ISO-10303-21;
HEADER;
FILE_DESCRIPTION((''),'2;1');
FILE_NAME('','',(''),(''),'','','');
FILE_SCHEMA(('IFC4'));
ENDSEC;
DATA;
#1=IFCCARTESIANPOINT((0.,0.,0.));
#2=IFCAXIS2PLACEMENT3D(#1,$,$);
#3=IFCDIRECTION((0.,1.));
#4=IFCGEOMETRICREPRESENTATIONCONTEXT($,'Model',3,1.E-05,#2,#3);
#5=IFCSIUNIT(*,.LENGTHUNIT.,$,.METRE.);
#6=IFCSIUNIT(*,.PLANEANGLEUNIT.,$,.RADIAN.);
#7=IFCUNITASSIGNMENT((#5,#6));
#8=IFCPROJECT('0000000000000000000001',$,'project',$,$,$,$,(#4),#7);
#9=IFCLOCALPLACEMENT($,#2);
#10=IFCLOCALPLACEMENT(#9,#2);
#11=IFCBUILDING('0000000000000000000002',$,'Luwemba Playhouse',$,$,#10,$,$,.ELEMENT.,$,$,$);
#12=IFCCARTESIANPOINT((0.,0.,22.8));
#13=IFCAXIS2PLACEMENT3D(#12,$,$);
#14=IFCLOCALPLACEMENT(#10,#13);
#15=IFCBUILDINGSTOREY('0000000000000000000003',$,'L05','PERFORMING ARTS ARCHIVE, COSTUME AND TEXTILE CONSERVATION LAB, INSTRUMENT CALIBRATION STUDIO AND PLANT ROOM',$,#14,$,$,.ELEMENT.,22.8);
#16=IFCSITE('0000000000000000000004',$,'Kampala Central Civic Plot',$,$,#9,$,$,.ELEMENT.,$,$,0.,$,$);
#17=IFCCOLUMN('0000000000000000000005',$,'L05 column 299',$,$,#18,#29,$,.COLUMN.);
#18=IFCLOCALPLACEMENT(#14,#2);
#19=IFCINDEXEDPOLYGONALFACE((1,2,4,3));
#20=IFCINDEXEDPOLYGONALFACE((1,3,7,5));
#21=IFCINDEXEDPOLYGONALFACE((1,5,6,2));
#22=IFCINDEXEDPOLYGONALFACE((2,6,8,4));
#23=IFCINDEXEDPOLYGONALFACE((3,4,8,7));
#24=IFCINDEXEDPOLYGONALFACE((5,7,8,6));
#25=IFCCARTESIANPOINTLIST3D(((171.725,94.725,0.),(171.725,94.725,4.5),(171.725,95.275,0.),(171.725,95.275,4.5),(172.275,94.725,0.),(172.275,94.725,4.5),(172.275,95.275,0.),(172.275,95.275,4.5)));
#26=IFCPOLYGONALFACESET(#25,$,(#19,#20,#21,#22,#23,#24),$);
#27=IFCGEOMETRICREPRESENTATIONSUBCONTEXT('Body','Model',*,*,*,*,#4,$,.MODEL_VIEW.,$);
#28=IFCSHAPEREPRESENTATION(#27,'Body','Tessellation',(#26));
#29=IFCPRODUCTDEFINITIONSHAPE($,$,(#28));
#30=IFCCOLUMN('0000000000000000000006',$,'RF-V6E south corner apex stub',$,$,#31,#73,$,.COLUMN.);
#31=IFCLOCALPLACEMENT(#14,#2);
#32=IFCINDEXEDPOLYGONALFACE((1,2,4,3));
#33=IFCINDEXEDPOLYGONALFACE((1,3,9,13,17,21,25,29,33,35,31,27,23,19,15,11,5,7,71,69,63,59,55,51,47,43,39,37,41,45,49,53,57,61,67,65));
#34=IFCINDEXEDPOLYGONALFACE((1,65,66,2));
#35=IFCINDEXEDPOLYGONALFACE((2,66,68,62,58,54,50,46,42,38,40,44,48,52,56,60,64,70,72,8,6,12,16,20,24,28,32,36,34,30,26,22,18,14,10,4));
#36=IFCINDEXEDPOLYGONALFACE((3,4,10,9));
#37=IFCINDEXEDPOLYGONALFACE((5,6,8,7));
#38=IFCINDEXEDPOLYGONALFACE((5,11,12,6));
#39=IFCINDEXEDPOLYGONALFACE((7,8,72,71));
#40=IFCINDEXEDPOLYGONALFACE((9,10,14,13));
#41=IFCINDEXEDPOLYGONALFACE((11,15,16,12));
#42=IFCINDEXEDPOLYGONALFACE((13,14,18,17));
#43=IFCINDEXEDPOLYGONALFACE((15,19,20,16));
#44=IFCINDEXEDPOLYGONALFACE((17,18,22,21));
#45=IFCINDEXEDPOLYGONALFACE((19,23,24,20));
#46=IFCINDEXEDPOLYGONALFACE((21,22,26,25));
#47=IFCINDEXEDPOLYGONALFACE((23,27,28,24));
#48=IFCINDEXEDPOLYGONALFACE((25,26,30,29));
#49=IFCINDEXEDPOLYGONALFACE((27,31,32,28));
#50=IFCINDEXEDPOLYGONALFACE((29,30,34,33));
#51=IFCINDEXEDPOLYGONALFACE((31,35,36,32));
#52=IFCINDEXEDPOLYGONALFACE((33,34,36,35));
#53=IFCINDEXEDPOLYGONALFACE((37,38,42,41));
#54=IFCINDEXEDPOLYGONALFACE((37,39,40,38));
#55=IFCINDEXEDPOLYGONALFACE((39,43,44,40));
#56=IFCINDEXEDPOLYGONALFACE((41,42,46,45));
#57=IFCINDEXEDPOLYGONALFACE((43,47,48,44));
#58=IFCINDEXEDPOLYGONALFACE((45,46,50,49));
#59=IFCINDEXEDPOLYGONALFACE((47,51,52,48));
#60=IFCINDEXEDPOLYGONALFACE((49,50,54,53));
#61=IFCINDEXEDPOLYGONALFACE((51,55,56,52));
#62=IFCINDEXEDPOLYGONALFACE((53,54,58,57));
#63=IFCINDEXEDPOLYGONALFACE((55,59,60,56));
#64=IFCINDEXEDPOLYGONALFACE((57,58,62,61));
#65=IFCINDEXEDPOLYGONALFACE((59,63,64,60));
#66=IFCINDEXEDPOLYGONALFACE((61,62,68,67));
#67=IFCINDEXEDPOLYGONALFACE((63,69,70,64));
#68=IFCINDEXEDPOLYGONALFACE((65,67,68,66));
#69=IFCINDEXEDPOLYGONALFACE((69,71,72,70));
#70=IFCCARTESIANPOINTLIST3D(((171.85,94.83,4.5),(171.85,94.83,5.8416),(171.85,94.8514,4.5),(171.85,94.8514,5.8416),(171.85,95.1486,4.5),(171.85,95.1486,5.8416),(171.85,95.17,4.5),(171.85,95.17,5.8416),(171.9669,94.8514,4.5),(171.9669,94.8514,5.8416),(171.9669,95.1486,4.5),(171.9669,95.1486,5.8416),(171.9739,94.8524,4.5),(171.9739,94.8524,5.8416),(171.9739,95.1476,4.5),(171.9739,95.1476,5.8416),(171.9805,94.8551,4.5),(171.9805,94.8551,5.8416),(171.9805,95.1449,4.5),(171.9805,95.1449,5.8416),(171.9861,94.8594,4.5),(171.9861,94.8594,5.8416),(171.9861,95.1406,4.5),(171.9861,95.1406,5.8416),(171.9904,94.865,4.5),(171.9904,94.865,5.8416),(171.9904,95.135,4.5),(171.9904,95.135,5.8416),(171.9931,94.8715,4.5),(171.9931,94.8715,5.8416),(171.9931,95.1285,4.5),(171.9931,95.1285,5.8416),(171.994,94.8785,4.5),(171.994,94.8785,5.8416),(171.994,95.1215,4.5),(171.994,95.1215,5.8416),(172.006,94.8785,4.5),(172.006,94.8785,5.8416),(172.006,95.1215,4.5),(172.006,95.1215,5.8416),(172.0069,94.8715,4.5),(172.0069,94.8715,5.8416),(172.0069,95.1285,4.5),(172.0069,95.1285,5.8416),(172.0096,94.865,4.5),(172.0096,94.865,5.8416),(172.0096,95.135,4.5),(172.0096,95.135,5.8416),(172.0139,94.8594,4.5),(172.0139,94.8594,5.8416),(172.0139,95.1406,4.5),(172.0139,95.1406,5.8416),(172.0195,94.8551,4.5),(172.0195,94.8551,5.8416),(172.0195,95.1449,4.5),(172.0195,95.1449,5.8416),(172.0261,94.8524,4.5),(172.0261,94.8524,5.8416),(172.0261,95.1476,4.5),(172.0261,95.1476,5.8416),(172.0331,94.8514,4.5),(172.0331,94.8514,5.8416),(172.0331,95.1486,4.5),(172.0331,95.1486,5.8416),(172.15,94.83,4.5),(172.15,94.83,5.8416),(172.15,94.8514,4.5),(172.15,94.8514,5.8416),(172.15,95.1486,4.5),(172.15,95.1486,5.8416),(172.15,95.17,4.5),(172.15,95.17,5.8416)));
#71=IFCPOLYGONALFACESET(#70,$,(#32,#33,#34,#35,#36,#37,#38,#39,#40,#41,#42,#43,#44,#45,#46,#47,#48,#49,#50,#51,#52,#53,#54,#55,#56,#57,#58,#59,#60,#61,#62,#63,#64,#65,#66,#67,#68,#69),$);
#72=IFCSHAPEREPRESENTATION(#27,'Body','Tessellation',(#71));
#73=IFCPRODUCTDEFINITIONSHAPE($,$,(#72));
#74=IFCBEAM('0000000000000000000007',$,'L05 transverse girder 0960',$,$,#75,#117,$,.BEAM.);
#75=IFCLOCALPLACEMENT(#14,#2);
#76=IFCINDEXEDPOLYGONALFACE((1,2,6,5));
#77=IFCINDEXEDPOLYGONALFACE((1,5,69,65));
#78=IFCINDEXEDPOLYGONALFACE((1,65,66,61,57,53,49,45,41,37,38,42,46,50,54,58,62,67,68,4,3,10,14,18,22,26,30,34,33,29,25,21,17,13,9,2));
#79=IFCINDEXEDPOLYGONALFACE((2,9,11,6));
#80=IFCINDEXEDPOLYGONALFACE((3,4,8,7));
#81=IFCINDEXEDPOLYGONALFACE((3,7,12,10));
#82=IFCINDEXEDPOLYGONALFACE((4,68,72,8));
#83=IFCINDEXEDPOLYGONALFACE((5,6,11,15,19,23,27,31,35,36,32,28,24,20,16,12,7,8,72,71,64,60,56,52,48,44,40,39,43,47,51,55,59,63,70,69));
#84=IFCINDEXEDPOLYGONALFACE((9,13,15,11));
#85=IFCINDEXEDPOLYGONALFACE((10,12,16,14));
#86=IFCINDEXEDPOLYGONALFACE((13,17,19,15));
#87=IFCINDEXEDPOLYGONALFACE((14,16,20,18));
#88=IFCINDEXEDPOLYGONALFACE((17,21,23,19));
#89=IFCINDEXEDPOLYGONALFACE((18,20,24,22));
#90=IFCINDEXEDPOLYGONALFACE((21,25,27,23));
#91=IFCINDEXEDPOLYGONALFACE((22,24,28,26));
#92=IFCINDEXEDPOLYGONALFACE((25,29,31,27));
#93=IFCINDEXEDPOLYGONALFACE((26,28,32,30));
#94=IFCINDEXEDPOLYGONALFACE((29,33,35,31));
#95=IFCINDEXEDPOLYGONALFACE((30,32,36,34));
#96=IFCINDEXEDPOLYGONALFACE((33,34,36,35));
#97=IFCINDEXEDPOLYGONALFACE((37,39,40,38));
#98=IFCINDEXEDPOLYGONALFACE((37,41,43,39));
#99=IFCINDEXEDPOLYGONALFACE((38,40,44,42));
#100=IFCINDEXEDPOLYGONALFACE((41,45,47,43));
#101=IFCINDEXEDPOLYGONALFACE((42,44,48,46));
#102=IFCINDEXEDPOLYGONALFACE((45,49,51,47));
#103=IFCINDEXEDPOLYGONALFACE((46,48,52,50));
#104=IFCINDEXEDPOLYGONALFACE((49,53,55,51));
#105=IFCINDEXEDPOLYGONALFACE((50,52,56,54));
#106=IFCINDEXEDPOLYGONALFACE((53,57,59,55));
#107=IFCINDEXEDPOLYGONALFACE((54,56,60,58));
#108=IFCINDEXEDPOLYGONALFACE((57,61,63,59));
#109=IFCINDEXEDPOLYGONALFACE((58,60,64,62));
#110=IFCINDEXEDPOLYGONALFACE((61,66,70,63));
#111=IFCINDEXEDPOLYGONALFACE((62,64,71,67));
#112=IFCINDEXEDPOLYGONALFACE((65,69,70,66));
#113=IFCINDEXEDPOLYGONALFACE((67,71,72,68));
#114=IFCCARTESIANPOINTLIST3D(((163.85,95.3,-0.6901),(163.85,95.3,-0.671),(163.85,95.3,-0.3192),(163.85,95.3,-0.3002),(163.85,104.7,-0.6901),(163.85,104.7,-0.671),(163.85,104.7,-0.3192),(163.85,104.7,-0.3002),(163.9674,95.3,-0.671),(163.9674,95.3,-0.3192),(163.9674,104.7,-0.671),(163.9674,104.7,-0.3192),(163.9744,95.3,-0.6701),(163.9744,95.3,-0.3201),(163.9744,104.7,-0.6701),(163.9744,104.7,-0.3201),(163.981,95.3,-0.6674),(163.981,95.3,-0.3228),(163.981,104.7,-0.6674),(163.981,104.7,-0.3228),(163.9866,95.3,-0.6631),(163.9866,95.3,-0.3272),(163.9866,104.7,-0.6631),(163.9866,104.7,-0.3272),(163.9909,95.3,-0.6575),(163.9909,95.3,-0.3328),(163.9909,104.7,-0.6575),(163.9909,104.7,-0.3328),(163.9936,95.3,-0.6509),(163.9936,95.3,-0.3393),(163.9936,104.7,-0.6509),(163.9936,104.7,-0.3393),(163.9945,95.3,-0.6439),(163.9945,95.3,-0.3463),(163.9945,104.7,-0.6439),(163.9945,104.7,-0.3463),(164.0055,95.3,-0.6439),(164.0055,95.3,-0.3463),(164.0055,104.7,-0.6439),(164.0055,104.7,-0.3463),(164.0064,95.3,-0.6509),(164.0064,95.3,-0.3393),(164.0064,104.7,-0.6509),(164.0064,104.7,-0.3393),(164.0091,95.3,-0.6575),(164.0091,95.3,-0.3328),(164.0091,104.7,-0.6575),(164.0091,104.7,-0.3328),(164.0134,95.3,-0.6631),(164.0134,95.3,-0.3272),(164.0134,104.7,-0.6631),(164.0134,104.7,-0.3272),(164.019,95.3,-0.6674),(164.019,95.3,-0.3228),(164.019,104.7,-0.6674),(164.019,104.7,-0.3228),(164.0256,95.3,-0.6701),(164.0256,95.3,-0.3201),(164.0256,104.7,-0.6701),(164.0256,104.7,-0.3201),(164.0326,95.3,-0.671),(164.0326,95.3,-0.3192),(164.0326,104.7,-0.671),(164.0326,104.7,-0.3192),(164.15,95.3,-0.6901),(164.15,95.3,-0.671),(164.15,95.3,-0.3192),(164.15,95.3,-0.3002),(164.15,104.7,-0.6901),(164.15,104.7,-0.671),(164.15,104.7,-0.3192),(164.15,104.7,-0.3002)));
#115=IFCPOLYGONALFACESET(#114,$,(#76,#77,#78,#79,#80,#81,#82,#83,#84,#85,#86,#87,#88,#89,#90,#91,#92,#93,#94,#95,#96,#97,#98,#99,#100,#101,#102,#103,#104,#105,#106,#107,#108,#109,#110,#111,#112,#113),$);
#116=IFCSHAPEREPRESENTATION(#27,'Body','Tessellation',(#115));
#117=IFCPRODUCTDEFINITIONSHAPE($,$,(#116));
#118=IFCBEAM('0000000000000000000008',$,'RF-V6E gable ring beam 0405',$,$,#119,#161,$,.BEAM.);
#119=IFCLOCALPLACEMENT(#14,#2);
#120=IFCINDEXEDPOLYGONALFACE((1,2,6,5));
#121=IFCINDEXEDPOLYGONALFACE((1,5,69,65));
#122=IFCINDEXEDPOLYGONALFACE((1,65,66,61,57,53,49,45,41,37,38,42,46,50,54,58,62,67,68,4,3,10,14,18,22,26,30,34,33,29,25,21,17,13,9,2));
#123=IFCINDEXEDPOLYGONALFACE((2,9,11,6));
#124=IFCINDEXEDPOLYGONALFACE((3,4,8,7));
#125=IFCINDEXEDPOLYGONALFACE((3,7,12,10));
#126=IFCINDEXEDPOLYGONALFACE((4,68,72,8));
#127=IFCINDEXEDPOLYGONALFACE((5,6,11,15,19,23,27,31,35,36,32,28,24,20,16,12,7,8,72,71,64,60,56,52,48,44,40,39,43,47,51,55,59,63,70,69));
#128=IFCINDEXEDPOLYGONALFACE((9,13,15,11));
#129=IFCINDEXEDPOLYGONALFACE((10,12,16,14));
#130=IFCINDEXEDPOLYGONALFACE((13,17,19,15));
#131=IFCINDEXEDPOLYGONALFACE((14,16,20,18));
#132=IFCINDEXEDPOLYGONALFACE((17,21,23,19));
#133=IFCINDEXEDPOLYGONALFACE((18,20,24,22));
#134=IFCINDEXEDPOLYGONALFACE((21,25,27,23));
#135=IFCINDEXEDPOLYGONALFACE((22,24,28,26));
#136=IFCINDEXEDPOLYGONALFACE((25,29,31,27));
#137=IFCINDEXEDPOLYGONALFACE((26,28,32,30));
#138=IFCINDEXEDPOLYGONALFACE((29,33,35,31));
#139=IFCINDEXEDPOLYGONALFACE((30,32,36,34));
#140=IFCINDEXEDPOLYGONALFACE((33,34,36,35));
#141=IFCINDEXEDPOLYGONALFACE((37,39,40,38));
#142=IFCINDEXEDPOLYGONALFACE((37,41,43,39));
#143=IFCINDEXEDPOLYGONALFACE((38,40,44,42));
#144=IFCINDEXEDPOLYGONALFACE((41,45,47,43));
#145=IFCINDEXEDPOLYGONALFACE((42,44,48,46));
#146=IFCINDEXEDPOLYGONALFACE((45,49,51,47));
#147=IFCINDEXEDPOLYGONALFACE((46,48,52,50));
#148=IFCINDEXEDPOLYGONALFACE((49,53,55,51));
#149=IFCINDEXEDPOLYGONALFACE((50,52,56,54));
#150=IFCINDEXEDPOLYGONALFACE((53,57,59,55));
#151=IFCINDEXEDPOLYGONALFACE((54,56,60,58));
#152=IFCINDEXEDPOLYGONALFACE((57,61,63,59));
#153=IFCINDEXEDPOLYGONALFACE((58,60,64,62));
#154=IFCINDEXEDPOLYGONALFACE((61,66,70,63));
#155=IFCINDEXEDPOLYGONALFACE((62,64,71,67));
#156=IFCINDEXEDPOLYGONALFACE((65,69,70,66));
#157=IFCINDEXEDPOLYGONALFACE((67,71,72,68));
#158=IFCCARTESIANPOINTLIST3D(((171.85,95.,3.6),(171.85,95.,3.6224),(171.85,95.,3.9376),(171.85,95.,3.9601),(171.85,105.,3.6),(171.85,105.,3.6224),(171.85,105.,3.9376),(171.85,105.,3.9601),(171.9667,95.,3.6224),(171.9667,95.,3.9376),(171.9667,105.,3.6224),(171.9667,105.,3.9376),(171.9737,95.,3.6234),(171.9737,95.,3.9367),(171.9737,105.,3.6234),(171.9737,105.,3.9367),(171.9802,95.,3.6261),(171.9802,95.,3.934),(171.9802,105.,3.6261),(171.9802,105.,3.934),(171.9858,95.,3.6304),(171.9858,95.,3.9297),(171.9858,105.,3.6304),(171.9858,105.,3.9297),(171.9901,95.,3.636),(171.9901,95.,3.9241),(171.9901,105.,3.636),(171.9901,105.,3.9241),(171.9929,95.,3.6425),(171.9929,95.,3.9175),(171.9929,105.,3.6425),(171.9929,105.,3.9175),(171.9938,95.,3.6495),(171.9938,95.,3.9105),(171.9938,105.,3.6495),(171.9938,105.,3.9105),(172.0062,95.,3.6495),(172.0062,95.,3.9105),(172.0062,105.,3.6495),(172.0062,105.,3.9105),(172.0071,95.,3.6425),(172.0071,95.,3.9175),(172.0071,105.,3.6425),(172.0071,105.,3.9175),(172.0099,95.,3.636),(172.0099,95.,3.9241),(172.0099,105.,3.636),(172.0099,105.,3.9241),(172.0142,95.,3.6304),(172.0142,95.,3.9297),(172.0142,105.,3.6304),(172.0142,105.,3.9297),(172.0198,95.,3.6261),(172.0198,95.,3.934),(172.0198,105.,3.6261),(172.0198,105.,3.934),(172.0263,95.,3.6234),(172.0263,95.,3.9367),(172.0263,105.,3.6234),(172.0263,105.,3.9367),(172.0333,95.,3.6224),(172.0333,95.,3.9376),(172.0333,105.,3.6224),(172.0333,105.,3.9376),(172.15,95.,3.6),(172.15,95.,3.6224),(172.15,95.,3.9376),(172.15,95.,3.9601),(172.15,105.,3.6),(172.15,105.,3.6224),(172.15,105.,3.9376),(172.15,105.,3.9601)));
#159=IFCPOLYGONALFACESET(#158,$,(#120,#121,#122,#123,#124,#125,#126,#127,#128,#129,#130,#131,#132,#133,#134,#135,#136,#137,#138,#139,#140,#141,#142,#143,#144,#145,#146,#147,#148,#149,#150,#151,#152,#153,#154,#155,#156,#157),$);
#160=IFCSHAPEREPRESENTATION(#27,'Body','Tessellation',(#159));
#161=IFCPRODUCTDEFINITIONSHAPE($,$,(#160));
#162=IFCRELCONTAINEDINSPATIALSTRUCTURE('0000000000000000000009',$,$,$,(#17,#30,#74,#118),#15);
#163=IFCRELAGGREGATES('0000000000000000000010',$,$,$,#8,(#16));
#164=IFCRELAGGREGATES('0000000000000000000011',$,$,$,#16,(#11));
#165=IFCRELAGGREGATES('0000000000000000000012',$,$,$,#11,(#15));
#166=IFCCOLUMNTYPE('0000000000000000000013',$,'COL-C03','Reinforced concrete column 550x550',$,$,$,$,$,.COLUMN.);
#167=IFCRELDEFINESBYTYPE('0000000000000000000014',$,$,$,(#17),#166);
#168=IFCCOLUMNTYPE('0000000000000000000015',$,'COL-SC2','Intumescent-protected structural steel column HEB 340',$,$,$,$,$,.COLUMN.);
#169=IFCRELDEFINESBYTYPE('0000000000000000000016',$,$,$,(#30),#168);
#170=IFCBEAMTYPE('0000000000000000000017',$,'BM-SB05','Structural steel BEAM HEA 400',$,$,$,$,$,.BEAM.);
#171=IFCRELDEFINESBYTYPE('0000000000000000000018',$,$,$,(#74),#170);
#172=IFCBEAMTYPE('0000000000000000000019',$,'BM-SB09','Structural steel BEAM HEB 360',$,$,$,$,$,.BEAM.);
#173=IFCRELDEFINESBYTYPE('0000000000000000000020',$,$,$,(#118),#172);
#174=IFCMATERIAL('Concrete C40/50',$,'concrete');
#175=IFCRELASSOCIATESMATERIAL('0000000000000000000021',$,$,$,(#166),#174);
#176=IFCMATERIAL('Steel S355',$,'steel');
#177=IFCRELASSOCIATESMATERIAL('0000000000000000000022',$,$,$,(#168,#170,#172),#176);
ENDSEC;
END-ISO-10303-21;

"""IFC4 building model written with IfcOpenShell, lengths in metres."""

from ifc_helpers import new_model, si_unit, direction, frame, origin, origin_2d, place, context, subcontext, project, spatial, rectangle, i_section, extrude, material, material_profile, profile_set, type_object, element, save


model = new_model("IFC4")

# Units and contexts
model_context = context("Model", 3, precision=1e-05, world=origin(), true_north=direction((0.0, 1.0)))
body_context = subcontext(model_context, "Body", "Model", "MODEL_VIEW")
ifc_project = project(units=[si_unit("LENGTHUNIT", "METRE"), si_unit("PLANEANGLEUNIT", "RADIAN")], contexts=[model_context])

# Site, building, storey
site_placement = place(None, origin())
site = spatial("IfcSite", under=ifc_project, at=site_placement, Name="Kampala Central Civic Plot", CompositionType="ELEMENT", RefElevation=0.0)
building_placement = place(site_placement, origin())
building = spatial("IfcBuilding", under=site, at=building_placement, Name="Luwemba Playhouse", CompositionType="ELEMENT")
storey_placement = place(building_placement, frame((0.0, 0.0, 22.8)))
storey = spatial("IfcBuildingStorey", under=building, at=storey_placement, Name="L05", Description="PERFORMING ARTS ARCHIVE, COSTUME AND TEXTILE CONSERVATION LAB, INSTRUMENT CALIBRATION STUDIO AND PLANT ROOM", CompositionType="ELEMENT", Elevation=22.8)

# Columns
ifc_material_1 = material(Name="Concrete C40/50", Category="concrete")
ifc_material_profile_1 = material_profile(ifc_material_1, rectangle(XDim=0.55, YDim=0.55, at=origin_2d()))
ifc_profile_set_1 = profile_set([ifc_material_profile_1], Name="Concrete C40/50")
column_type_1 = type_object("IfcColumnType", Name="COL-C03", Description="Reinforced concrete column 550x550", PredefinedType="COLUMN", material=ifc_profile_set_1)
column_1_placement = place(storey_placement, frame((172.0, 95.0, 0.0), z_axis=(0.0, 0.0, 1.0), x_axis=(1.0, 0.0, 0.0)))
element("IfcColumn", 1, at=column_1_placement, inside=storey, type_object=column_type_1, Name="L05 column 299", PredefinedType="COLUMN", context=body_context, shape_type="SweptSolid", body=[
    extrude(rectangle(XDim=0.55, YDim=0.55, at=origin_2d()), origin(), (0.0, 0.0, 1.0), 4.5),
])
ifc_material_2 = material(Name="Steel S355", Category="steel")
ifc_material_profile_2 = material_profile(ifc_material_2, i_section(OverallWidth=0.3, OverallDepth=0.3401, WebThickness=0.012, FlangeThickness=0.0215, FilletRadius=0.0271, at=origin_2d()))
ifc_profile_set_2 = profile_set([ifc_material_profile_2], Name="Steel S355")
column_type_2 = type_object("IfcColumnType", Name="COL-SC2", Description="Intumescent-protected structural steel column HEB 340", PredefinedType="COLUMN", material=ifc_profile_set_2)
column_2_placement = place(storey_placement, frame((172.0, 95.0, 4.5), z_axis=(0.0, 0.0, 1.0), x_axis=(1.0, 0.0, 0.0)))
element("IfcColumn", 2, at=column_2_placement, inside=storey, type_object=column_type_2, Name="RF-V6E south corner apex stub", PredefinedType="COLUMN", context=body_context, shape_type="SweptSolid", body=[
    extrude(i_section(OverallWidth=0.3, OverallDepth=0.3401, WebThickness=0.012, FlangeThickness=0.0215, FilletRadius=0.0271, at=origin_2d()), origin(), (0.0, 0.0, 1.0), 1.3416),
])

# Beams
ifc_material_profile_3 = material_profile(ifc_material_2, i_section(OverallWidth=0.3, OverallDepth=0.3899, WebThickness=0.011, FlangeThickness=0.019, FilletRadius=0.0271, at=origin_2d()))
ifc_profile_set_3 = profile_set([ifc_material_profile_3], Name="Steel S355")
beam_type_1 = type_object("IfcBeamType", Name="BM-SB05", Description="Structural steel BEAM HEA 400", PredefinedType="BEAM", material=ifc_profile_set_3)
beam_1_placement = place(storey_placement, frame((164.0, 95.3, -0.4951), z_axis=(0.0, 1.0, 0.0), x_axis=(-1.0, 0.0, 0.0)))
element("IfcBeam", 3, at=beam_1_placement, inside=storey, type_object=beam_type_1, Name="L05 transverse girder 0960", PredefinedType="BEAM", context=body_context, shape_type="SweptSolid", body=[
    extrude(i_section(OverallWidth=0.3, OverallDepth=0.3899, WebThickness=0.011, FlangeThickness=0.019, FilletRadius=0.0271, at=origin_2d()), origin(), (0.0, 0.0, 1.0), 9.3999),
])
ifc_material_profile_4 = material_profile(ifc_material_2, i_section(OverallWidth=0.3, OverallDepth=0.3601, WebThickness=0.0125, FlangeThickness=0.0225, FilletRadius=0.0271, at=origin_2d()))
ifc_profile_set_4 = profile_set([ifc_material_profile_4], Name="Steel S355")
beam_type_2 = type_object("IfcBeamType", Name="BM-SB09", Description="Structural steel BEAM HEB 360", PredefinedType="BEAM", material=ifc_profile_set_4)
beam_2_placement = place(storey_placement, frame((172.0, 95.0, 3.78), z_axis=(0.0, 1.0, 0.0), x_axis=(-1.0, 0.0, 0.0)))
element("IfcBeam", 4, at=beam_2_placement, inside=storey, type_object=beam_type_2, Name="RF-V6E gable ring beam 0405", PredefinedType="BEAM", context=body_context, shape_type="SweptSolid", body=[
    extrude(i_section(OverallWidth=0.3, OverallDepth=0.3601, WebThickness=0.0125, FlangeThickness=0.0225, FilletRadius=0.0271, at=origin_2d()), origin(), (0.0, 0.0, 1.0), 10.0),
])

save(model, "model.ifc")
